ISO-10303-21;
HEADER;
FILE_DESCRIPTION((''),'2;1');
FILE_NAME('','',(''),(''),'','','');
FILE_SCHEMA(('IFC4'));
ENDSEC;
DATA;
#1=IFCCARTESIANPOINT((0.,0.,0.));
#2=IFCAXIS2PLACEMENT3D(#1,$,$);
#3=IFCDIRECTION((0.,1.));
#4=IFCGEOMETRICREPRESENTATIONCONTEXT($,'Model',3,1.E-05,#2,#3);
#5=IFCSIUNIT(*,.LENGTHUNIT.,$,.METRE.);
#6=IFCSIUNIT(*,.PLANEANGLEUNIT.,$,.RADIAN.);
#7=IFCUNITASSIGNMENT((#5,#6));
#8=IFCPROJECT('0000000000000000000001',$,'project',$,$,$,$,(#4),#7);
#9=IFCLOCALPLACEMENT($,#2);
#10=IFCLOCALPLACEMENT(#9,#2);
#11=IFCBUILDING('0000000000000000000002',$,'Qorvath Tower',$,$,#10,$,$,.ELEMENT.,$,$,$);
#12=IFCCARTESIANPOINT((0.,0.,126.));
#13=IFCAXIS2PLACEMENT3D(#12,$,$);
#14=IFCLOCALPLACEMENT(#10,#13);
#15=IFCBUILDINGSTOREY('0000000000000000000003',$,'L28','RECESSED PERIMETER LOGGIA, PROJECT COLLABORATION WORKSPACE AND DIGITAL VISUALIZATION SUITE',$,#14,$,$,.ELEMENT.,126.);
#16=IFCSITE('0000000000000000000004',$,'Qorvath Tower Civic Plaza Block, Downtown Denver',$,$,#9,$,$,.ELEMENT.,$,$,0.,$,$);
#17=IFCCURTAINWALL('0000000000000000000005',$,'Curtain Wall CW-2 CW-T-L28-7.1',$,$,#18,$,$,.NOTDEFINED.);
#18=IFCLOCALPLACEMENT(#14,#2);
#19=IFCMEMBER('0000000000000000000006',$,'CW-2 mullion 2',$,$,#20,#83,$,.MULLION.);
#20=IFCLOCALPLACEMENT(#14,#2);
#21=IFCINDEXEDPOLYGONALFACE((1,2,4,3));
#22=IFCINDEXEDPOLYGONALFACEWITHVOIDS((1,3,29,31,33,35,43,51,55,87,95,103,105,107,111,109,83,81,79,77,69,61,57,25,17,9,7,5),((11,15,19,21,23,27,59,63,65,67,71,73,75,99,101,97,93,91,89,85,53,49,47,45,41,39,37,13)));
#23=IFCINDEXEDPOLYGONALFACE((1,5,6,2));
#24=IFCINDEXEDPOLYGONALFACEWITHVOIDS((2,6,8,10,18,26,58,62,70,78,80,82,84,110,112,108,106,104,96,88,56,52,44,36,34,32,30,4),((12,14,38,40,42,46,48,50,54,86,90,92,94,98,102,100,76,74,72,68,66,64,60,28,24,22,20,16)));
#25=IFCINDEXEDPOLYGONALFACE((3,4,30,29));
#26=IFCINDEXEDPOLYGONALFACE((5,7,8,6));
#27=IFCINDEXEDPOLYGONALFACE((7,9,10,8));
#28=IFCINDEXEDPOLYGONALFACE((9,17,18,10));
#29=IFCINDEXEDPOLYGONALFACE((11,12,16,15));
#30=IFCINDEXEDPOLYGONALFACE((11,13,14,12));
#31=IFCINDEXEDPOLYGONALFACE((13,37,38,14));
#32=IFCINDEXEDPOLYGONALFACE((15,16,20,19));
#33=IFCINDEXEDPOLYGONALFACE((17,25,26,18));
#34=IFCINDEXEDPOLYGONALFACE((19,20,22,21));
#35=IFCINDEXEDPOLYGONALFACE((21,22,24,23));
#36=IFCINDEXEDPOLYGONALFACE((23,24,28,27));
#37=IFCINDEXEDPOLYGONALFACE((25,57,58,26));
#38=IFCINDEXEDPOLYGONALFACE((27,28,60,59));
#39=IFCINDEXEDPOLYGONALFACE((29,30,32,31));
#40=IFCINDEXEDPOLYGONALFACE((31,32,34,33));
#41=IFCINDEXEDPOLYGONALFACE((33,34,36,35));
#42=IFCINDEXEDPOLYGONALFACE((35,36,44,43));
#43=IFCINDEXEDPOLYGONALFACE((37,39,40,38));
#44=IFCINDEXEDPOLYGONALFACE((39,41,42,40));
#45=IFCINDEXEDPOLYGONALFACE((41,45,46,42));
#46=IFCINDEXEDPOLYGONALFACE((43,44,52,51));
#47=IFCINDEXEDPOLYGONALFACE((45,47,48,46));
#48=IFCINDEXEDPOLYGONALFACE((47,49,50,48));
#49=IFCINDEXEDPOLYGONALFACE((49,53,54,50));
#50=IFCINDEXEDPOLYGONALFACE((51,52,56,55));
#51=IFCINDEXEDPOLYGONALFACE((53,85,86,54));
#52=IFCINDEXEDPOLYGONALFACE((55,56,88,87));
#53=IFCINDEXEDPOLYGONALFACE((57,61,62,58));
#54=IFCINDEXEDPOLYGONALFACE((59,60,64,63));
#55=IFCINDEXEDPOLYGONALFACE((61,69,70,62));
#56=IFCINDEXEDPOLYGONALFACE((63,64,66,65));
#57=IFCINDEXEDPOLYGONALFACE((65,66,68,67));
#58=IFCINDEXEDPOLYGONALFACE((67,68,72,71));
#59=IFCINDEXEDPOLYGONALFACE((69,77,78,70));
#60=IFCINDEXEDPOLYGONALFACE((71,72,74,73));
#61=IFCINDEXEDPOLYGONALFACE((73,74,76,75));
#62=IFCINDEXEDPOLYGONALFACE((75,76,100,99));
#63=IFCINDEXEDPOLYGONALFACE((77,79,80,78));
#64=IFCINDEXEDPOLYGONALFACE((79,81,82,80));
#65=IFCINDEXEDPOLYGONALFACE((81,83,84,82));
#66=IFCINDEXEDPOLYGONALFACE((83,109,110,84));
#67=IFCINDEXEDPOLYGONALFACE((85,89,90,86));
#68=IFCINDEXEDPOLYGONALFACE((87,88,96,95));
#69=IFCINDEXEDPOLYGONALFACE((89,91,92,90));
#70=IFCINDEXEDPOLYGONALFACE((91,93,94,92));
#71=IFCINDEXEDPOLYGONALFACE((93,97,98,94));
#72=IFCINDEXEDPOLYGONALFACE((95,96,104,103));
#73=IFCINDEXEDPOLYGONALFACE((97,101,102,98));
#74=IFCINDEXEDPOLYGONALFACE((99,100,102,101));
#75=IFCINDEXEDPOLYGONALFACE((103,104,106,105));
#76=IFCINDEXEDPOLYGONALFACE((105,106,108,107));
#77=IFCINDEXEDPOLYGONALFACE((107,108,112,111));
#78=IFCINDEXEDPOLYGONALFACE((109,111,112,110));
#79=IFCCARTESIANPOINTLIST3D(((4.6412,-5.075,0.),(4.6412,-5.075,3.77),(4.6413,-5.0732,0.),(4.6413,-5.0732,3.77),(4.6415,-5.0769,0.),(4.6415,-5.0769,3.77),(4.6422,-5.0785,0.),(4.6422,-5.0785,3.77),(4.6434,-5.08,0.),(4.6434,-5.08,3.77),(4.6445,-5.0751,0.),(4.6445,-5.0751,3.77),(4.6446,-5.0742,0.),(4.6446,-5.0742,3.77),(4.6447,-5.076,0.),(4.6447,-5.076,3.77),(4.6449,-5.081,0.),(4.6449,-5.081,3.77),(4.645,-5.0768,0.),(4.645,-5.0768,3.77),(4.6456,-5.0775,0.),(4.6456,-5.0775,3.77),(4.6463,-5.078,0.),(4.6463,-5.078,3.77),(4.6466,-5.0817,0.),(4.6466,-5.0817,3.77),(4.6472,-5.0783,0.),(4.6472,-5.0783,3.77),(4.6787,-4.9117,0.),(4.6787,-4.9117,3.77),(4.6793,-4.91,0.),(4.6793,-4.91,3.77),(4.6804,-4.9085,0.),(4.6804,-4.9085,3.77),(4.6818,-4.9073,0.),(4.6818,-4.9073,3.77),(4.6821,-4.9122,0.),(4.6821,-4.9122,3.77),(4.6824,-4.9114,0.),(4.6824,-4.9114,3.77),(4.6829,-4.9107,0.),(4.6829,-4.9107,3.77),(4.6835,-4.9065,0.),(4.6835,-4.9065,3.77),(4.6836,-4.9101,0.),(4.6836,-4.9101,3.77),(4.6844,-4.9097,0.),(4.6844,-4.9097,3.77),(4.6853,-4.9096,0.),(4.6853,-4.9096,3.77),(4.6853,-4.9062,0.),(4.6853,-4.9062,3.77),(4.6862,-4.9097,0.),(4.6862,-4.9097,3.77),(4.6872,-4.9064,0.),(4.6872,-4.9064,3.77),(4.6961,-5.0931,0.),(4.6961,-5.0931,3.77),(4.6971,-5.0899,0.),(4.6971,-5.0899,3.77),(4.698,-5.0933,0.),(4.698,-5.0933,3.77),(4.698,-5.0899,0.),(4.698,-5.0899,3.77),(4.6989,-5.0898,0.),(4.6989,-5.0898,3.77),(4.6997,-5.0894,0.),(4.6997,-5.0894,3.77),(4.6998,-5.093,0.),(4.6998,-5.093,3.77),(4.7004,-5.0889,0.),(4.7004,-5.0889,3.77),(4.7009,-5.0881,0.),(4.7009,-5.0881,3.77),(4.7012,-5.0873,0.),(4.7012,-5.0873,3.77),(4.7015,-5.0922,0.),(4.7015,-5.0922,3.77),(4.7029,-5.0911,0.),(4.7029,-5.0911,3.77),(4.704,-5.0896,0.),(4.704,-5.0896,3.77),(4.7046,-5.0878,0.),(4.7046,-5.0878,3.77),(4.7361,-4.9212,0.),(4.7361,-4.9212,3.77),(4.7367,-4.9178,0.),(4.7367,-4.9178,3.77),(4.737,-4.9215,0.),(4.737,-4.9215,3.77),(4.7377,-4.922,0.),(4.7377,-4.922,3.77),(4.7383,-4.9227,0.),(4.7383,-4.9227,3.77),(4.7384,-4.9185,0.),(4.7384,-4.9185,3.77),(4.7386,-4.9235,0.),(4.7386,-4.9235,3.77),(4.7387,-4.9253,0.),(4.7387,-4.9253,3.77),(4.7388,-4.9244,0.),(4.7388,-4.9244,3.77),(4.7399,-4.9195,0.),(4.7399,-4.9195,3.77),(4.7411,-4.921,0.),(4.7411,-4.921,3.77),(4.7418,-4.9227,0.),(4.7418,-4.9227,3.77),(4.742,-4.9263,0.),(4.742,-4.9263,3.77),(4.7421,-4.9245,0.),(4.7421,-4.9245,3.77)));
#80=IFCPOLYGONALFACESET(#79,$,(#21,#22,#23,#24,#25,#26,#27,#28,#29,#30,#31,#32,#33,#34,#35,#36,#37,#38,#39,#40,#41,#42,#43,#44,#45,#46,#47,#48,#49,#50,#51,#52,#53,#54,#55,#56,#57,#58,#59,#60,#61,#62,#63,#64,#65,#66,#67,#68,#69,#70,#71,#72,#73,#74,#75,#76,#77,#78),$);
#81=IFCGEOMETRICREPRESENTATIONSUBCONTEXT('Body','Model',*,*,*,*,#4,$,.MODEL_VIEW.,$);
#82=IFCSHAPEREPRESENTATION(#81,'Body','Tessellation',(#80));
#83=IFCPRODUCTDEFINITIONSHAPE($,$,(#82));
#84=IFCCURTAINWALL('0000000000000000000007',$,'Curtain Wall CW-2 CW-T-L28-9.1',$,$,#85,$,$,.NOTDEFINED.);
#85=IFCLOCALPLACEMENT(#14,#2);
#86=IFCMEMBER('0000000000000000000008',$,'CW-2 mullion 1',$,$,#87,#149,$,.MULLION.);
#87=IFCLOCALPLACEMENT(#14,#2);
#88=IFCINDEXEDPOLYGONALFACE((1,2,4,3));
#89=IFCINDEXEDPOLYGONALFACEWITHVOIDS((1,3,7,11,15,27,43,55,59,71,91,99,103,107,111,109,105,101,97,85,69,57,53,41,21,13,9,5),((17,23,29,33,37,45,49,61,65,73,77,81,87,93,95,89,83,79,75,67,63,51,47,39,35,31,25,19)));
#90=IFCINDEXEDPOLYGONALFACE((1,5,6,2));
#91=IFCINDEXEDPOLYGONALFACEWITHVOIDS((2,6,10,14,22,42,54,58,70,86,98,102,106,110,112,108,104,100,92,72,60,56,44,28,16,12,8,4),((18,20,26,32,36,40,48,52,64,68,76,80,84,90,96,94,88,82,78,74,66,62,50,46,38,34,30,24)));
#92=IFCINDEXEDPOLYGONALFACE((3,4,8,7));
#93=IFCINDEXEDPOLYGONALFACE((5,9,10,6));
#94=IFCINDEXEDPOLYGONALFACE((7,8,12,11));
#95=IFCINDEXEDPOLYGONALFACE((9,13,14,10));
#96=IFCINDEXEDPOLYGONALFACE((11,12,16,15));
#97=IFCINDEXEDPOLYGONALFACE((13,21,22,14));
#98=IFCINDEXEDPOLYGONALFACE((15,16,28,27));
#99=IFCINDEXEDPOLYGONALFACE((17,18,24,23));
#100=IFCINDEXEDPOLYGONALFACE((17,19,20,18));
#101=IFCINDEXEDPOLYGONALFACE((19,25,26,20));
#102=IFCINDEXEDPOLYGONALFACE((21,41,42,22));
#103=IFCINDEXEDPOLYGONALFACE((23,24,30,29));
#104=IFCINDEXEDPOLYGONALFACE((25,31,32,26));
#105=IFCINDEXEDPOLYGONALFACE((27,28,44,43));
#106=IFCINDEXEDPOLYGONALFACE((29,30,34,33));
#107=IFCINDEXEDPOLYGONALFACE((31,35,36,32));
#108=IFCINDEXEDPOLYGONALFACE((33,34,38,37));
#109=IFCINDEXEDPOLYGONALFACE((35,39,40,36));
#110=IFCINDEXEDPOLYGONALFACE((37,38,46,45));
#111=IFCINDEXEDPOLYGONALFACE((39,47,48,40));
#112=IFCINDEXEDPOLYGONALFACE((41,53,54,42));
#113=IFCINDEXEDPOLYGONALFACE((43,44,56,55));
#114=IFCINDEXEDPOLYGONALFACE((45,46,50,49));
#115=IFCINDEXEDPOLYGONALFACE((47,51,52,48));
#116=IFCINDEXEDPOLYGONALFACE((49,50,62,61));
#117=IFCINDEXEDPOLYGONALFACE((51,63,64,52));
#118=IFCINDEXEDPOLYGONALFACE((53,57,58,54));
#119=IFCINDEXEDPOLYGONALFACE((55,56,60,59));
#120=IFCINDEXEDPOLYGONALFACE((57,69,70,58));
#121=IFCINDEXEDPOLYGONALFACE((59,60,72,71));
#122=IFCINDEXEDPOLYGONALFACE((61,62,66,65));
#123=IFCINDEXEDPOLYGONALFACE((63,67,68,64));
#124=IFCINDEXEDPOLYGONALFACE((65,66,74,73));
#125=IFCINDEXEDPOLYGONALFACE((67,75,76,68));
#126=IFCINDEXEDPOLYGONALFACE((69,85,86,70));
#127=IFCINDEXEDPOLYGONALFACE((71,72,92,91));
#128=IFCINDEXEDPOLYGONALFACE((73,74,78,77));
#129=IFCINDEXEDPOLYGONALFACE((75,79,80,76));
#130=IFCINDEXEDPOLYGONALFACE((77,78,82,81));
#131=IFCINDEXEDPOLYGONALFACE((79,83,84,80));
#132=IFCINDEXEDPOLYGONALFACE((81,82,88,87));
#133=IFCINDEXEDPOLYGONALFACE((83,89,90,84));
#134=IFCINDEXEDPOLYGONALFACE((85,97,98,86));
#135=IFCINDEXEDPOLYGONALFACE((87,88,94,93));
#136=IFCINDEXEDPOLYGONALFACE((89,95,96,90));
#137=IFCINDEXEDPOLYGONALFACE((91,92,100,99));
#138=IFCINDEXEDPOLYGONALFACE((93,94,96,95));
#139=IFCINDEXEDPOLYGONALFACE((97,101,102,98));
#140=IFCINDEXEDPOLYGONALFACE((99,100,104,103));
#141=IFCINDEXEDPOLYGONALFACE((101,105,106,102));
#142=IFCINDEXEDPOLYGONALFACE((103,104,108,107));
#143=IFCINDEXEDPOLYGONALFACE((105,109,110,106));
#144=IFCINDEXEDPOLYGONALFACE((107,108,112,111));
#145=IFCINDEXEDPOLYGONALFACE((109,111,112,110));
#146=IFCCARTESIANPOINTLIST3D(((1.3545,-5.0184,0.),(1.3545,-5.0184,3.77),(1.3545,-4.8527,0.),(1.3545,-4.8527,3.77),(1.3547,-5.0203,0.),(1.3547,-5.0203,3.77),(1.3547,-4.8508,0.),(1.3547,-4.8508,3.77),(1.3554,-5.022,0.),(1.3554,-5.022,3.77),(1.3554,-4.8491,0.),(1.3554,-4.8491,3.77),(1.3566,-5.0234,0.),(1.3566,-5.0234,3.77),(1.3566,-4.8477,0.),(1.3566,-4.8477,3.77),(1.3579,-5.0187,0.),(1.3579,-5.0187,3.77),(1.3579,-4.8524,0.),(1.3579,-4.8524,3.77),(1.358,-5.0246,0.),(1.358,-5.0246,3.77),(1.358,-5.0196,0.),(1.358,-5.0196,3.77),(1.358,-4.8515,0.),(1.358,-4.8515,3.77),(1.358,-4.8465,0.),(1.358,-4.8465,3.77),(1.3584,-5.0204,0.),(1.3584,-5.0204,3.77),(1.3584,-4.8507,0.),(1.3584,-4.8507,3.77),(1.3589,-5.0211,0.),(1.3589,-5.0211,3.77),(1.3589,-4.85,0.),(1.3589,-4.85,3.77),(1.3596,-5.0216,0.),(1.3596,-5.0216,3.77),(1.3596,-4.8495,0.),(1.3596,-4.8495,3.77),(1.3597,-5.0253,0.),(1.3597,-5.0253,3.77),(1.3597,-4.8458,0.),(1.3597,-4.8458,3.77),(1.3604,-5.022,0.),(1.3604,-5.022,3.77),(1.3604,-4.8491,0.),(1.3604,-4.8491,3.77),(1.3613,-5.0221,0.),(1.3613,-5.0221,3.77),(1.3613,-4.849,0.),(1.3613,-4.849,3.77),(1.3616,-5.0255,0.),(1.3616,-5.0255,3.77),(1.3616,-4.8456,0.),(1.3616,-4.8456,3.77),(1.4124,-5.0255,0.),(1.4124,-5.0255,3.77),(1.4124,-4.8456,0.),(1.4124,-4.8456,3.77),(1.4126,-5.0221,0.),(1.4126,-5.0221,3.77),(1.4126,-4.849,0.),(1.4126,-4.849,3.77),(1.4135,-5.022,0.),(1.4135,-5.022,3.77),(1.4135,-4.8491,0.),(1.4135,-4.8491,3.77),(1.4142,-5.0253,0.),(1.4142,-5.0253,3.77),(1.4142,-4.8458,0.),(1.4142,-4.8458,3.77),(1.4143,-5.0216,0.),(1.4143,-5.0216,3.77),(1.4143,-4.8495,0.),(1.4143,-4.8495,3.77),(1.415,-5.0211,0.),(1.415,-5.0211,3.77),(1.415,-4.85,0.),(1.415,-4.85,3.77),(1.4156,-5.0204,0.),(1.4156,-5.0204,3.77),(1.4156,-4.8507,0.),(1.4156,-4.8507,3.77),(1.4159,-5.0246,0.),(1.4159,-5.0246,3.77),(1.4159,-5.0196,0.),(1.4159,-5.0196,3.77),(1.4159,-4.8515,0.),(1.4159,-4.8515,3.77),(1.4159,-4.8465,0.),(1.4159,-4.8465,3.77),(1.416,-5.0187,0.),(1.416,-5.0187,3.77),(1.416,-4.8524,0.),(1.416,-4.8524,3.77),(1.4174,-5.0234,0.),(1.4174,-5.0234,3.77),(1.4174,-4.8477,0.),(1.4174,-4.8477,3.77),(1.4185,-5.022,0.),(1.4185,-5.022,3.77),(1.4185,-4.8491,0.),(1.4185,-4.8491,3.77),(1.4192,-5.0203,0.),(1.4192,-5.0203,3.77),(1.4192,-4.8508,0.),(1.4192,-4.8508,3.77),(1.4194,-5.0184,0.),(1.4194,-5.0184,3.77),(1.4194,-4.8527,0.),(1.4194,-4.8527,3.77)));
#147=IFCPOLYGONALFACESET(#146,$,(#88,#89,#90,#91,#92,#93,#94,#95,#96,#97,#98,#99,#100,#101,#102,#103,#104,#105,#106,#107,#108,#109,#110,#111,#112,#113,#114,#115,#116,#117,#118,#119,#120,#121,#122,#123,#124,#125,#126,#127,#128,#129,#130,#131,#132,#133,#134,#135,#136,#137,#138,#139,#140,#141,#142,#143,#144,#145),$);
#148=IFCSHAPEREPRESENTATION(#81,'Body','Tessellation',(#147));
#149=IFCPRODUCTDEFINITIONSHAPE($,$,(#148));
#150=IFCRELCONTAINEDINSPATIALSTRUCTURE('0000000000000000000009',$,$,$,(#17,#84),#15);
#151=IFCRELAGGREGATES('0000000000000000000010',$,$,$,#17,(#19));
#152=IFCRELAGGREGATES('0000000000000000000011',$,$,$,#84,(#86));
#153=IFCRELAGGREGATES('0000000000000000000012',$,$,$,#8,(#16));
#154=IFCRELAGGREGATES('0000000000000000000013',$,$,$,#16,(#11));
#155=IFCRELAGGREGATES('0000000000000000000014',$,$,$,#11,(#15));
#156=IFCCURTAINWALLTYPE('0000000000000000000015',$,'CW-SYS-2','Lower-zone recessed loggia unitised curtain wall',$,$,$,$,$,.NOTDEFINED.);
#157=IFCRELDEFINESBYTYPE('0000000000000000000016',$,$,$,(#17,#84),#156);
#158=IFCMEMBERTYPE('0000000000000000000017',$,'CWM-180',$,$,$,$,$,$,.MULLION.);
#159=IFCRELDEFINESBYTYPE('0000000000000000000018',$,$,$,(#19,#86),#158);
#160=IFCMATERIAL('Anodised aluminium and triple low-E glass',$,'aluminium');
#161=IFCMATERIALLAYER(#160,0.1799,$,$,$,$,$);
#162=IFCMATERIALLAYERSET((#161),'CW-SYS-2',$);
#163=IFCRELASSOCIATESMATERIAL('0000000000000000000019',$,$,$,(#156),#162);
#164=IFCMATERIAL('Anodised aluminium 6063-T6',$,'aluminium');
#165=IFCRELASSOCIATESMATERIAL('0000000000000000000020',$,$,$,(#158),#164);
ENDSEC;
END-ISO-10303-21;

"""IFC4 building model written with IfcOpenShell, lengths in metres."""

from ifc_helpers import new_model, si_unit, direction, frame, origin, origin_2d, place, context, subcontext, project, spatial, hollow_rectangle, extrude, material, layer, layer_set, material_profile, profile_set, type_object, element, aggregate, save


model = new_model("IFC4")

# Units and contexts
model_context = context("Model", 3, precision=1e-05, world=origin(), true_north=direction((0.0, 1.0)))
body_context = subcontext(model_context, "Body", "Model", "MODEL_VIEW")
ifc_project = project(units=[si_unit("LENGTHUNIT", "METRE"), si_unit("PLANEANGLEUNIT", "RADIAN")], contexts=[model_context])

# Site, building, storey
site_placement = place(None, origin())
site = spatial("IfcSite", under=ifc_project, at=site_placement, Name="Qorvath Tower Civic Plaza Block, Downtown Denver", CompositionType="ELEMENT", RefElevation=0.0)
building_placement = place(site_placement, origin())
building = spatial("IfcBuilding", under=site, at=building_placement, Name="Qorvath Tower", CompositionType="ELEMENT")
storey_placement = place(building_placement, frame((0.0, 0.0, 126.0)))
storey = spatial("IfcBuildingStorey", under=building, at=storey_placement, Name="L28", Description="RECESSED PERIMETER LOGGIA, PROJECT COLLABORATION WORKSPACE AND DIGITAL VISUALIZATION SUITE", CompositionType="ELEMENT", Elevation=126.0)

# Curtain wall, member
ifc_material_1 = material(Name="Anodised aluminium and triple low-E glass", Category="aluminium")
ifc_layer_1 = layer(ifc_material_1, 0.1799)
ifc_layer_set_1 = layer_set([ifc_layer_1], Name="CW-SYS-2")
curtain_wall_type = type_object("IfcCurtainWallType", Name="CW-SYS-2", Description="Lower-zone recessed loggia unitised curtain wall", PredefinedType="NOTDEFINED", material=ifc_layer_set_1)
curtain_wall_1_placement = place(storey_placement, origin())
curtain_wall_1 = element("IfcCurtainWall", 1, at=curtain_wall_1_placement, inside=storey, type_object=curtain_wall_type, Name="Curtain Wall CW-2 CW-T-L28-7.1", PredefinedType="NOTDEFINED")
ifc_material_2 = material(Name="Anodised aluminium 6063-T6", Category="aluminium")
ifc_material_profile_1 = material_profile(ifc_material_2, hollow_rectangle(XDim=0.0649, YDim=0.1799, WallThickness=0.0034, InnerFilletRadius=0.0034, OuterFilletRadius=0.0071, at=origin_2d()), Name="CWM 180x65")
ifc_profile_set_1 = profile_set([ifc_material_profile_1], Name="Anodised aluminium 6063-T6")
member_type_1 = type_object("IfcMemberType", Name="CWM-180", PredefinedType="MULLION", material=ifc_profile_set_1)
member_1_placement = place(storey_placement, frame((4.6917, -4.9998, 0.0), z_axis=(0.0, 0.0, 1.0), x_axis=(-0.974296, 0.22527, 0.0)))
member_1 = element("IfcMember", 2, at=member_1_placement, type_object=member_type_1, Name="CW-2 mullion 2", PredefinedType="MULLION", context=body_context, shape_type="SweptSolid", body=[
    extrude(hollow_rectangle(XDim=0.0649, YDim=0.1799, WallThickness=0.0034, InnerFilletRadius=0.0034, OuterFilletRadius=0.0071, at=origin_2d()), origin(), (0.0, 0.0, 1.0), 3.77),
])

# Curtain wall, member
curtain_wall_2_placement = place(storey_placement, origin())
curtain_wall_2 = element("IfcCurtainWall", 3, at=curtain_wall_2_placement, inside=storey, type_object=curtain_wall_type, Name="Curtain Wall CW-2 CW-T-L28-9.1", PredefinedType="NOTDEFINED")
member_2_placement = place(storey_placement, frame((1.387, -4.9355, 0.0), z_axis=(0.0, 0.0, 1.0), x_axis=(-1.0, 0.0, 0.0)))
member_2 = element("IfcMember", 4, at=member_2_placement, type_object=member_type_1, Name="CW-2 mullion 1", PredefinedType="MULLION", context=body_context, shape_type="SweptSolid", body=[
    extrude(hollow_rectangle(XDim=0.0649, YDim=0.1799, WallThickness=0.0034, InnerFilletRadius=0.0034, OuterFilletRadius=0.0071, at=origin_2d()), origin(), (0.0, 0.0, 1.0), 3.77),
])

aggregate(curtain_wall_1, [member_1])
aggregate(curtain_wall_2, [member_2])

save(model, "model.ifc")
